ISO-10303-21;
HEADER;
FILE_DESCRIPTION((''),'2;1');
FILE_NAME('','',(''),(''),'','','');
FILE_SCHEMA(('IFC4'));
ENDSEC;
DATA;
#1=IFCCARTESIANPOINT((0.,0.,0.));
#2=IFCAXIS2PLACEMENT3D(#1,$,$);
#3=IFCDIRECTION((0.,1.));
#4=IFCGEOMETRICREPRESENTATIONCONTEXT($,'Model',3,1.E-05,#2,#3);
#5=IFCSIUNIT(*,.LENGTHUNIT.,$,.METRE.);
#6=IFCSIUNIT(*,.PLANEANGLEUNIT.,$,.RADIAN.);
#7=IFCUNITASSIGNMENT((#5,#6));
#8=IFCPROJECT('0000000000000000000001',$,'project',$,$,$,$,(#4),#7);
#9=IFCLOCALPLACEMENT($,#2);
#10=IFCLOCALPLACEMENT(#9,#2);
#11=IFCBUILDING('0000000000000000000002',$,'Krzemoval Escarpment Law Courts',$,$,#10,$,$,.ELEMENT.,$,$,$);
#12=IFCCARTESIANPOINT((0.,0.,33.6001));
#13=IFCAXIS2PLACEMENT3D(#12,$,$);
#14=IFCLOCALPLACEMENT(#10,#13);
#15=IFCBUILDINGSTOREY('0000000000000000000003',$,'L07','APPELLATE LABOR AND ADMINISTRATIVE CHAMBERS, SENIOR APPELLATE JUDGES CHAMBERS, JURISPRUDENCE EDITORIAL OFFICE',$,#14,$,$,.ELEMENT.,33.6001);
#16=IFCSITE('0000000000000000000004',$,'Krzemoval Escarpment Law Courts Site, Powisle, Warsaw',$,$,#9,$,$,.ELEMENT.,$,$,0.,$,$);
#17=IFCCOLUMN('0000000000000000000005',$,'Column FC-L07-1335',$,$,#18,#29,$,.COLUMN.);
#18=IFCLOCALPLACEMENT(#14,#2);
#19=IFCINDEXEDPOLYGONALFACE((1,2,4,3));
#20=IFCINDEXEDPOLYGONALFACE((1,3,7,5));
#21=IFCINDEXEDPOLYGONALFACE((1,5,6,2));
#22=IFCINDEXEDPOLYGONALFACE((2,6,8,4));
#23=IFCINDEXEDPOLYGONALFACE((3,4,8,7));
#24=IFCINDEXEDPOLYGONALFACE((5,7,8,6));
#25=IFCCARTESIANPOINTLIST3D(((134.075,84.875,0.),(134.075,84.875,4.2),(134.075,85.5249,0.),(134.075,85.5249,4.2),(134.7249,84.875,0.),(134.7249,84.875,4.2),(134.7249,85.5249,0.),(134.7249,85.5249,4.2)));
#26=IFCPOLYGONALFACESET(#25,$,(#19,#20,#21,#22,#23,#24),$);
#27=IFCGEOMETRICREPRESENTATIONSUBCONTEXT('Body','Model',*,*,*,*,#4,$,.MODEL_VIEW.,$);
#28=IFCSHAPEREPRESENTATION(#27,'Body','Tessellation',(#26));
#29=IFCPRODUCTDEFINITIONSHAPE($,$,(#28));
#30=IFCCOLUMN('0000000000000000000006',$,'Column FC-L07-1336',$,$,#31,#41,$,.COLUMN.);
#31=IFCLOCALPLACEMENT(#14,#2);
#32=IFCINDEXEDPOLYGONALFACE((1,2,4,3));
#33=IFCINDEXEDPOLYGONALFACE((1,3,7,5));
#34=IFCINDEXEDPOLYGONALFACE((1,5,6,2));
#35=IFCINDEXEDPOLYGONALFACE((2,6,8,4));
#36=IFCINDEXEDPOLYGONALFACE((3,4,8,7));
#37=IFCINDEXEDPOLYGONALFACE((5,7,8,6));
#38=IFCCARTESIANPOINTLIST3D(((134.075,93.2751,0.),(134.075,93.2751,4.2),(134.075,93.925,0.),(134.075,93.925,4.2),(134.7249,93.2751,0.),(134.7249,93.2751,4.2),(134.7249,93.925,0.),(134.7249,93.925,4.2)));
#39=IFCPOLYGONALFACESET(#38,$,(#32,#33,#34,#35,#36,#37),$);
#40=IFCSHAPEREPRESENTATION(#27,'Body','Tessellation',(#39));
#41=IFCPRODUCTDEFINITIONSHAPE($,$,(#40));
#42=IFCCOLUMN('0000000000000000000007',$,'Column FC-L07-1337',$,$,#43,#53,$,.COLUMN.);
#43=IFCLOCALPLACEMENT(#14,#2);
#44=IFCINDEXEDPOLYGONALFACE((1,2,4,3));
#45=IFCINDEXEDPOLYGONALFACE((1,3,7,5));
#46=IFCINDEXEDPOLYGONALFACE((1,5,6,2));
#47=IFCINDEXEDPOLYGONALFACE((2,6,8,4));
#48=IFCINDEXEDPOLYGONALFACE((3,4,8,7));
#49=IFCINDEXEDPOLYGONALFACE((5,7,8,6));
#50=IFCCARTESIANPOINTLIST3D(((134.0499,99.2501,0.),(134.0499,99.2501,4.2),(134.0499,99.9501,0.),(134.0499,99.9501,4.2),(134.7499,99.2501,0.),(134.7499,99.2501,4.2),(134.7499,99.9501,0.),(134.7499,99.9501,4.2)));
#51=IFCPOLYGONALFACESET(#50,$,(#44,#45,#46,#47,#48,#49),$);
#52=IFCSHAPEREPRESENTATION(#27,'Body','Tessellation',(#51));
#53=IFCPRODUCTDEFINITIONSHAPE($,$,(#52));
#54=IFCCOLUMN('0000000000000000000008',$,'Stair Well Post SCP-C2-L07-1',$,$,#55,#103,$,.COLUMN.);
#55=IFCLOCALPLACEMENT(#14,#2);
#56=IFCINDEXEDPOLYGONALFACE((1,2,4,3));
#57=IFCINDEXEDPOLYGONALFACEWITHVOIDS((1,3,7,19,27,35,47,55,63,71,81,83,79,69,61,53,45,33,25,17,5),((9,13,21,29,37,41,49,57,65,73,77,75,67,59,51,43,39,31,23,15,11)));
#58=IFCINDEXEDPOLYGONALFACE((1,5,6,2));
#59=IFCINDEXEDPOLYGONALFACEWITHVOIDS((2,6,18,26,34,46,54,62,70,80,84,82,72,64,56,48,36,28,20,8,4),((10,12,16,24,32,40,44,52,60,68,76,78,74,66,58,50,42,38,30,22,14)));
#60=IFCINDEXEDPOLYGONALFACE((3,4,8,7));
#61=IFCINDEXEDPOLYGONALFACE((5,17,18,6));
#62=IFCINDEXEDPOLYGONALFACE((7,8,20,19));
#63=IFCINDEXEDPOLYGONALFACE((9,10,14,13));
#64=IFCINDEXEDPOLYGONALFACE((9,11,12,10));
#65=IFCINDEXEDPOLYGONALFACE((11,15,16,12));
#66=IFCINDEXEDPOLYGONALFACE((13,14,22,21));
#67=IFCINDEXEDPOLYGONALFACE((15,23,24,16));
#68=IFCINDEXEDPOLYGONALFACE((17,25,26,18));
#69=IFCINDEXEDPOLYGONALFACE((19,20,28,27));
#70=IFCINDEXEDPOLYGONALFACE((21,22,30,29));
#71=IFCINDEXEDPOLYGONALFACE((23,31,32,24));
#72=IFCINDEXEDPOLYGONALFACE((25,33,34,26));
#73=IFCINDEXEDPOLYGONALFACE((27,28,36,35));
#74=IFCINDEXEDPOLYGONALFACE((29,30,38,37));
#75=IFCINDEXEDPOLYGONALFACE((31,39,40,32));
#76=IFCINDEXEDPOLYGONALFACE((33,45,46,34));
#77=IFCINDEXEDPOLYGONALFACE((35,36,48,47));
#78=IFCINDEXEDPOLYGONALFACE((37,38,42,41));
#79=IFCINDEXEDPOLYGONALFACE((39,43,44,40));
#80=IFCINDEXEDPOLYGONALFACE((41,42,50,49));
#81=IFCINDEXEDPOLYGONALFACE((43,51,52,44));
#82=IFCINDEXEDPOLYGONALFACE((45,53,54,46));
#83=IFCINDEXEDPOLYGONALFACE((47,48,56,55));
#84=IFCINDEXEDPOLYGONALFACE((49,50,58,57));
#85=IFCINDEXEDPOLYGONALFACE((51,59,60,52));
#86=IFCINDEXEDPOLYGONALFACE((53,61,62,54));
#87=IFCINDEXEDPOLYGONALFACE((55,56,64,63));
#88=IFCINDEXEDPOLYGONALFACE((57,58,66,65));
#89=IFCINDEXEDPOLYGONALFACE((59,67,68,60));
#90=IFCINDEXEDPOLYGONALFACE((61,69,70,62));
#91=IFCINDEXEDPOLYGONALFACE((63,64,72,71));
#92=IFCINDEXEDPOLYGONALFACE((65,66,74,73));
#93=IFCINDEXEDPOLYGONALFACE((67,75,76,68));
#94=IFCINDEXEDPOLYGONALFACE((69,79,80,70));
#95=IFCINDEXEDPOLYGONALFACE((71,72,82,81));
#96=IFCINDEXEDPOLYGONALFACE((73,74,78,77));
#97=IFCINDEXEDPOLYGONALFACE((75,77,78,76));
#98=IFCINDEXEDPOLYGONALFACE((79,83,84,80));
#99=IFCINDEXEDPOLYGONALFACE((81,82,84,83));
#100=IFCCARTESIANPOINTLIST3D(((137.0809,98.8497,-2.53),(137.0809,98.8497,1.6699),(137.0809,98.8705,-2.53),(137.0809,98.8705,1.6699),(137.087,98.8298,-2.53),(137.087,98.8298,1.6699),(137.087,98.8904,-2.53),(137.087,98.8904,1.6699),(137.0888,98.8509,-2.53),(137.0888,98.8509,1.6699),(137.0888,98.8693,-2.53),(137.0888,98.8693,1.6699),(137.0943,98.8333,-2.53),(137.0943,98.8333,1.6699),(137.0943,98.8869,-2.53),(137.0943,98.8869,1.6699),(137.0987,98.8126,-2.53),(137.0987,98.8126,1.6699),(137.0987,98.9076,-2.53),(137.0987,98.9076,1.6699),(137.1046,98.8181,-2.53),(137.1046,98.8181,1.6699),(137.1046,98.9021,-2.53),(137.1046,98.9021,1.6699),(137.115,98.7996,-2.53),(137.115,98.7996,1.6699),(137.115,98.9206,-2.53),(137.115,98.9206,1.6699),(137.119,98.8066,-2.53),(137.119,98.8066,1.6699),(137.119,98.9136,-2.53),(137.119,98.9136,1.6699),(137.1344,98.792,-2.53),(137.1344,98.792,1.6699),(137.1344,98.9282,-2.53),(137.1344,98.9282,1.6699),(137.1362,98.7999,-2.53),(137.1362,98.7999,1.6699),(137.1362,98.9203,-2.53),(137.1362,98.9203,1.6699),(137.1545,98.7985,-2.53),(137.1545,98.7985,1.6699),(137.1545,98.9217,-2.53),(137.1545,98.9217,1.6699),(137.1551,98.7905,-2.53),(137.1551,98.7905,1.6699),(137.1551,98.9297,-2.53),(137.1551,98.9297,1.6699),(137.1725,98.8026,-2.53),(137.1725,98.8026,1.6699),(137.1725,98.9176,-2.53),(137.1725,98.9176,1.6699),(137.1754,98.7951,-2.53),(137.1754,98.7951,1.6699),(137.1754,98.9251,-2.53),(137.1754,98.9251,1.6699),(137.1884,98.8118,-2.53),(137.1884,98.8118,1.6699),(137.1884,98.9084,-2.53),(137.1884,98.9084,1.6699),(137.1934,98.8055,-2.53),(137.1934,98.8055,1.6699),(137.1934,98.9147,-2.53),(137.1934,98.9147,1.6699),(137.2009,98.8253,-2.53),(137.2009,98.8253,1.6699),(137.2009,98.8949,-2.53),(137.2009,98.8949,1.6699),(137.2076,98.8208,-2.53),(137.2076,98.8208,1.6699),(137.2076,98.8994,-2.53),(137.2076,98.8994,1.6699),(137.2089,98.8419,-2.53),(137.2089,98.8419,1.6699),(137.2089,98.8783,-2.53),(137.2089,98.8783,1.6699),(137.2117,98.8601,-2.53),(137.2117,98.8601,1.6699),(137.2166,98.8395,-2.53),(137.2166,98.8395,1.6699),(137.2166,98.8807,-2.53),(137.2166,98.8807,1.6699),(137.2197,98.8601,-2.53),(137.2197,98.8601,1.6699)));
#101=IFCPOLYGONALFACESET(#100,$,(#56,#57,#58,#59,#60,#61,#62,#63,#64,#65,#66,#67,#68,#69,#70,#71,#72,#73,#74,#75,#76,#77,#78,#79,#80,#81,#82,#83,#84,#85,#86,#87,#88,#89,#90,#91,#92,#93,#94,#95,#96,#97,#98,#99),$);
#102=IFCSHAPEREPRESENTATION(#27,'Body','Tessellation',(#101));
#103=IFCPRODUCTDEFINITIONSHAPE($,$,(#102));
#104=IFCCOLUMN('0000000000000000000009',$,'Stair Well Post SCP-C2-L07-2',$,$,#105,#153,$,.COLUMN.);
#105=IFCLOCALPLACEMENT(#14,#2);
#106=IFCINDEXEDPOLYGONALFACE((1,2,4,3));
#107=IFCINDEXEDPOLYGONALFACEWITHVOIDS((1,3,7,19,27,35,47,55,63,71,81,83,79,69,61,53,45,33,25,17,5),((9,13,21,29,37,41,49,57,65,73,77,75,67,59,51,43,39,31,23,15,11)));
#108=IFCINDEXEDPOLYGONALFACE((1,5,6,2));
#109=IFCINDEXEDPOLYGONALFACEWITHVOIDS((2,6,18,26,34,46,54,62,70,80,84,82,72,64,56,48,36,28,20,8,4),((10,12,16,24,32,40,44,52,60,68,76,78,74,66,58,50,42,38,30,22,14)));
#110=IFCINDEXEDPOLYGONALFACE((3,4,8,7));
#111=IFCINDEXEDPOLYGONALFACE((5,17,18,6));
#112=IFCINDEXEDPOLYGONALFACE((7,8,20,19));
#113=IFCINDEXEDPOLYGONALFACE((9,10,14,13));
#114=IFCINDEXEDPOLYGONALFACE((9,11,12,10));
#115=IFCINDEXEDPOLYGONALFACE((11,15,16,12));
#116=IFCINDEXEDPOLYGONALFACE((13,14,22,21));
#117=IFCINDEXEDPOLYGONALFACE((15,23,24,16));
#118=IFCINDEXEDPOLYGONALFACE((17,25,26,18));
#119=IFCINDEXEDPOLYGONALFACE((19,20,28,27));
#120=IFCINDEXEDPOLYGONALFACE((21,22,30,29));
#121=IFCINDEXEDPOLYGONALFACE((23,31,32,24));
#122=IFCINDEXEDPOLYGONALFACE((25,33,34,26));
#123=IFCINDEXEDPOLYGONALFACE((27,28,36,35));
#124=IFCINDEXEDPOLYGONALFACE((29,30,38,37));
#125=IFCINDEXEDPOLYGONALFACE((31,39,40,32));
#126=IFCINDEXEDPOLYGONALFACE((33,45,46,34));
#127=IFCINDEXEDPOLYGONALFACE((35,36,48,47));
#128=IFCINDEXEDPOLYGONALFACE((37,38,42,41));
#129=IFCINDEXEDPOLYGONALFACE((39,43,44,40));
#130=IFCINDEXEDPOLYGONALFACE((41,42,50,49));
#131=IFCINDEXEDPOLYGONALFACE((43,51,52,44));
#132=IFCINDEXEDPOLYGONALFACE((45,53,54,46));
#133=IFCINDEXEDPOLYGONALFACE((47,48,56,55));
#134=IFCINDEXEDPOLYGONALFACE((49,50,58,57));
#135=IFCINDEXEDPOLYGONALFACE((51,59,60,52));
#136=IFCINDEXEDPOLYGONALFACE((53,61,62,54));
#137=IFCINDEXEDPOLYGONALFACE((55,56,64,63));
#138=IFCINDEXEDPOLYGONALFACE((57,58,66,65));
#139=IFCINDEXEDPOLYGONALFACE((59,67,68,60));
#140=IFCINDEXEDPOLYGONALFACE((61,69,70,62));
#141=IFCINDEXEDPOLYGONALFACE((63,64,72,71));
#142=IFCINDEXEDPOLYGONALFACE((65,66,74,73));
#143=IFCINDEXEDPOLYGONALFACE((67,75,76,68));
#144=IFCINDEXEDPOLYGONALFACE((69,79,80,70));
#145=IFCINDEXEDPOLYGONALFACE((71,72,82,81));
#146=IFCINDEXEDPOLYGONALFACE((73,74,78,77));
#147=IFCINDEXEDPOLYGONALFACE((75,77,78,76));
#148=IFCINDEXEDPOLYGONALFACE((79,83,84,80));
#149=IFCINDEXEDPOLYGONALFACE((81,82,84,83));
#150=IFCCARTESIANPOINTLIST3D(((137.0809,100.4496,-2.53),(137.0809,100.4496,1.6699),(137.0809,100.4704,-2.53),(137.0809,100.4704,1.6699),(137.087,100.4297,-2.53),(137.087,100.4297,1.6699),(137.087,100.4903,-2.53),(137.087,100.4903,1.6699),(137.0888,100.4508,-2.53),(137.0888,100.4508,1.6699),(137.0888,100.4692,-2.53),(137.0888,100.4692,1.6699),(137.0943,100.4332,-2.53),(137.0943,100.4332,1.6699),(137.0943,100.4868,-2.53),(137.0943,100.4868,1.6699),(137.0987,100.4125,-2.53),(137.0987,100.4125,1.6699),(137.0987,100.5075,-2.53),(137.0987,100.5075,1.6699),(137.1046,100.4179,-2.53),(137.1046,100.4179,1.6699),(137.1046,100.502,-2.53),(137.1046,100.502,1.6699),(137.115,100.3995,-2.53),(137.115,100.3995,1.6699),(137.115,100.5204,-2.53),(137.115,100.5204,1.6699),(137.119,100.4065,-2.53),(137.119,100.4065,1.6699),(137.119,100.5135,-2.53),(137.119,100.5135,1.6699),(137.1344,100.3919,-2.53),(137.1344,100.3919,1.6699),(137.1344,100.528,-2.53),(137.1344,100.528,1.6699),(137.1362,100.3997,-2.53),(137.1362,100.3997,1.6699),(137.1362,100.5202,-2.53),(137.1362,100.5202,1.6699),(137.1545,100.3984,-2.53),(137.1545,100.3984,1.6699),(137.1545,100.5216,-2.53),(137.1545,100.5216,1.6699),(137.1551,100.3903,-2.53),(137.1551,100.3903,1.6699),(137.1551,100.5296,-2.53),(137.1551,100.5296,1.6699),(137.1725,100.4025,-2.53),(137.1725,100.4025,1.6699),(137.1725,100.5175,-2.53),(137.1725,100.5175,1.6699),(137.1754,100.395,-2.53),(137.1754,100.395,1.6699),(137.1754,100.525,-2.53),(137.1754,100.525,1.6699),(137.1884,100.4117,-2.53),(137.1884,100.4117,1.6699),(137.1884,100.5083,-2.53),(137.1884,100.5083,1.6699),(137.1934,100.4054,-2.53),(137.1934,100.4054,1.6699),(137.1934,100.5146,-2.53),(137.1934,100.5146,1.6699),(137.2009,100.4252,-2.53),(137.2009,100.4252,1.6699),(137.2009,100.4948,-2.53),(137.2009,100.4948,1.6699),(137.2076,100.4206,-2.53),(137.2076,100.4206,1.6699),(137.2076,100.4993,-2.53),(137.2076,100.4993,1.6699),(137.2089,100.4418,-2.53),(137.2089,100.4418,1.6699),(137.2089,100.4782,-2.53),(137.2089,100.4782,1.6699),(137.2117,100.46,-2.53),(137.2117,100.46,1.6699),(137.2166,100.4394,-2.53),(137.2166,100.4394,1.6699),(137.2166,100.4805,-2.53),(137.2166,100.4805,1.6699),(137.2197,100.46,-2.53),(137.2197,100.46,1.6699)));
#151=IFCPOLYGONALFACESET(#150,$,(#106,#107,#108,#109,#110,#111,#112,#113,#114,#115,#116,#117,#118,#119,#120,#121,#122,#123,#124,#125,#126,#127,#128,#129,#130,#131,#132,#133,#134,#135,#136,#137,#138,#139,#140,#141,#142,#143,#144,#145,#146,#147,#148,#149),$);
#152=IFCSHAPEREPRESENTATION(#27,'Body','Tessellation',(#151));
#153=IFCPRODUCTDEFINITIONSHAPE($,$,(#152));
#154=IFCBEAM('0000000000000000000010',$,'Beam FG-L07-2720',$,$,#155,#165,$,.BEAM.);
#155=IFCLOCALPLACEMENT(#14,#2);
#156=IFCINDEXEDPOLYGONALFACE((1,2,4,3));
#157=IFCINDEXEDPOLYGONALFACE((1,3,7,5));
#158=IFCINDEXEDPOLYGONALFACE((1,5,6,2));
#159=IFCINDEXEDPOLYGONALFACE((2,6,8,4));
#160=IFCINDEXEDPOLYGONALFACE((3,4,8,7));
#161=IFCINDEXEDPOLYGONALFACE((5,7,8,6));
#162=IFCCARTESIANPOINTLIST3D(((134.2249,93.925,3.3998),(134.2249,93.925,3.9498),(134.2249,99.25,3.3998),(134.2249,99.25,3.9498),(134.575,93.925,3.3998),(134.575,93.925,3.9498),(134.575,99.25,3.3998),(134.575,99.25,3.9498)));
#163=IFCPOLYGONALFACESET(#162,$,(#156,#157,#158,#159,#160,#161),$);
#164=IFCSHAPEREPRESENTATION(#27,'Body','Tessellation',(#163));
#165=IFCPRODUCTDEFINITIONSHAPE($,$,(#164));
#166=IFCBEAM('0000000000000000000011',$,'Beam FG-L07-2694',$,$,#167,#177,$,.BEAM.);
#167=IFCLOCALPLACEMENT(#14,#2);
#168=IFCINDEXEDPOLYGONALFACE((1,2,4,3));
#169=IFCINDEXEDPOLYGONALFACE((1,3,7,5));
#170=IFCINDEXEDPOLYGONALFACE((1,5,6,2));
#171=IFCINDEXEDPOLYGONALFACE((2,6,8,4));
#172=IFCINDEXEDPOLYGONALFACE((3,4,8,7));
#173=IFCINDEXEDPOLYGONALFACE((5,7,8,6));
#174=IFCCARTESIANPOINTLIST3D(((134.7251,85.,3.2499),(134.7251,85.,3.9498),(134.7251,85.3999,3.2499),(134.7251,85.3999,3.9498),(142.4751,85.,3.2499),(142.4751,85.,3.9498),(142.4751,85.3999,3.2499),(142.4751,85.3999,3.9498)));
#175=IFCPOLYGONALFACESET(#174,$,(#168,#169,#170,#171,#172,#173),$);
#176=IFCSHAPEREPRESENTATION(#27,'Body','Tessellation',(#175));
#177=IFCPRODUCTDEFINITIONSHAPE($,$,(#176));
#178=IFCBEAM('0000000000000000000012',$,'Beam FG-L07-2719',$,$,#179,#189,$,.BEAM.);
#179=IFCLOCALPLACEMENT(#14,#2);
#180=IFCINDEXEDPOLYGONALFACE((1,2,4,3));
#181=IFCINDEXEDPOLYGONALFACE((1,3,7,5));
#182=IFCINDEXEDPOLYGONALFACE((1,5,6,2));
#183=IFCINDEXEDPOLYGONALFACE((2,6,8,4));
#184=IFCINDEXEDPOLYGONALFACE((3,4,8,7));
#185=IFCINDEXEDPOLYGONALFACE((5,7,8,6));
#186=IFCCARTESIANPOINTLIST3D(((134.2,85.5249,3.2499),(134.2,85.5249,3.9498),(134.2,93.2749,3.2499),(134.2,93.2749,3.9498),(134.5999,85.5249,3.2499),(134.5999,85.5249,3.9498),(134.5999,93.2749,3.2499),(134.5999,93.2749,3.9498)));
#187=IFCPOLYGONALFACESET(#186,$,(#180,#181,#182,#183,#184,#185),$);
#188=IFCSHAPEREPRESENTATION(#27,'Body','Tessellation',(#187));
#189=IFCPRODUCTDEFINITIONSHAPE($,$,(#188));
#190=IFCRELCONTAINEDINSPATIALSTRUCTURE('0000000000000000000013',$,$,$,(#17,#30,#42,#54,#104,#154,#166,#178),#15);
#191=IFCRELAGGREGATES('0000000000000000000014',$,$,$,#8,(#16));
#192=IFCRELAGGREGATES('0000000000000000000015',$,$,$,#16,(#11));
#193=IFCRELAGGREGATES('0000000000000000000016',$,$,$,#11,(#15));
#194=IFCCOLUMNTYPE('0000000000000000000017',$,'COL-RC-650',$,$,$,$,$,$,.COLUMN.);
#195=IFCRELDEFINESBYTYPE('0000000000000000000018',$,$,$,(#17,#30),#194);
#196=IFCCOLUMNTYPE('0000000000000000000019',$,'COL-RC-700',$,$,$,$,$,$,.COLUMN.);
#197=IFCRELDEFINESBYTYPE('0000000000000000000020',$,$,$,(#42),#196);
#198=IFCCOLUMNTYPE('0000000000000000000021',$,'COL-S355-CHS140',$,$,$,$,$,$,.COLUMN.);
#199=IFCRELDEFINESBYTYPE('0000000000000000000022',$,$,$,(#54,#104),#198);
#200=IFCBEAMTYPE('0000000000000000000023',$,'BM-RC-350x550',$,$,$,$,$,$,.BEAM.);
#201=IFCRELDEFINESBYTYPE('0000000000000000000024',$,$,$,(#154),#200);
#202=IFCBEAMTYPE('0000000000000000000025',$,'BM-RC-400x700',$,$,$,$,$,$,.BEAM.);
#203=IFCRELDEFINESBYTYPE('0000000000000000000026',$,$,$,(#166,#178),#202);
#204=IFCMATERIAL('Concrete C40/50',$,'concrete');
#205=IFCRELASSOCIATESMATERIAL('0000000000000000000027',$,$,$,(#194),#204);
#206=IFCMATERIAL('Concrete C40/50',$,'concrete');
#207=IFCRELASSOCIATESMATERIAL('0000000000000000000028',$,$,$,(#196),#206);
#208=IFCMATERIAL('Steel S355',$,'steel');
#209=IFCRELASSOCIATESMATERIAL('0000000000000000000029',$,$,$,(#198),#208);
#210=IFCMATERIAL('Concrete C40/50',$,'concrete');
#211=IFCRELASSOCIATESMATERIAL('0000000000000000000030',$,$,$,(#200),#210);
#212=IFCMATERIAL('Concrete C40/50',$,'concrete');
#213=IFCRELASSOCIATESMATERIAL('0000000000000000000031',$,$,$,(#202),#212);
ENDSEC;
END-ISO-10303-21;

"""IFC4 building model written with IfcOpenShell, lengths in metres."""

from ifc_helpers import new_model, si_unit, direction, frame, origin, origin_2d, place, context, subcontext, project, spatial, rectangle, hollow_circle, extrude, material, material_profile, profile_set, type_object, element, save


model = new_model("IFC4")

# Units and contexts
model_context = context("Model", 3, precision=1e-05, world=origin(), true_north=direction((0.0, 1.0)))
body_context = subcontext(model_context, "Body", "Model", "MODEL_VIEW")
ifc_project = project(units=[si_unit("LENGTHUNIT", "METRE"), si_unit("PLANEANGLEUNIT", "RADIAN")], contexts=[model_context])

# Site, building, storey
site_placement = place(None, origin())
site = spatial("IfcSite", under=ifc_project, at=site_placement, Name="Krzemoval Escarpment Law Courts Site, Powisle, Warsaw", CompositionType="ELEMENT", RefElevation=0.0)
building_placement = place(site_placement, origin())
building = spatial("IfcBuilding", under=site, at=building_placement, Name="Krzemoval Escarpment Law Courts", CompositionType="ELEMENT")
storey_placement = place(building_placement, frame((0.0, 0.0, 33.6001)))
storey = spatial("IfcBuildingStorey", under=building, at=storey_placement, Name="L07", Description="APPELLATE LABOR AND ADMINISTRATIVE CHAMBERS, SENIOR APPELLATE JUDGES CHAMBERS, JURISPRUDENCE EDITORIAL OFFICE", CompositionType="ELEMENT", Elevation=33.6001)

# Columns
ifc_material_1 = material(Name="Concrete C40/50", Category="concrete")
ifc_material_profile_1 = material_profile(ifc_material_1, rectangle(XDim=0.6499, YDim=0.6499, at=origin_2d()), Name="RC 650x650")
ifc_profile_set_1 = profile_set([ifc_material_profile_1], Name="Concrete C40/50")
column_type_1 = type_object("IfcColumnType", Name="COL-RC-650", PredefinedType="COLUMN", material=ifc_profile_set_1)
for number, where, z_axis, x_axis, name in (
    (1, (134.3999, 85.2, 0.0), (0.0, 0.0, 1.0), (1.0, 0.0, 0.0), "Column FC-L07-1335"),
    (2, (134.3999, 93.6001, 0.0), (0.0, 0.0, 1.0), (1.0, 0.0, 0.0), "Column FC-L07-1336"),
):
    element("IfcColumn", number, at=place(storey_placement, frame(where, z_axis=z_axis, x_axis=x_axis)), inside=storey, type_object=column_type_1, Name=name, PredefinedType="COLUMN", context=body_context, shape_type="SweptSolid", body=[
        extrude(rectangle(XDim=0.6499, YDim=0.6499, at=origin_2d()), origin(), (0.0, 0.0, 1.0), 4.2),
    ])
ifc_material_2 = material(Name="Concrete C40/50", Category="concrete")
ifc_material_profile_2 = material_profile(ifc_material_2, rectangle(XDim=0.7, YDim=0.7, at=origin_2d()), Name="RC 700x700")
ifc_profile_set_2 = profile_set([ifc_material_profile_2], Name="Concrete C40/50")
column_type_2 = type_object("IfcColumnType", Name="COL-RC-700", PredefinedType="COLUMN", material=ifc_profile_set_2)
column_placement = place(storey_placement, frame((134.3999, 99.6001, 0.0), z_axis=(0.0, 0.0, 1.0), x_axis=(1.0, 0.0, 0.0)))
element("IfcColumn", 3, at=column_placement, inside=storey, type_object=column_type_2, Name="Column FC-L07-1337", PredefinedType="COLUMN", context=body_context, shape_type="SweptSolid", body=[
    extrude(rectangle(XDim=0.7, YDim=0.7, at=origin_2d()), origin(), (0.0, 0.0, 1.0), 4.2),
])
ifc_material_3 = material(Name="Steel S355", Category="steel")
ifc_material_profile_3 = material_profile(ifc_material_3, hollow_circle(Radius=0.0698, WallThickness=0.0081, at=origin_2d()), Name="CHS 139.7x8")
ifc_profile_set_3 = profile_set([ifc_material_profile_3], Name="Steel S355")
column_type_3 = type_object("IfcColumnType", Name="COL-S355-CHS140", PredefinedType="COLUMN", material=ifc_profile_set_3)
for number, where, z_axis, x_axis, name in (
    (4, (137.1499, 98.8601, -2.53), (0.0, 0.0, 1.0), (1.0, 0.0, 0.0), "Stair Well Post SCP-C2-L07-1"),
    (5, (137.1499, 100.46, -2.53), (0.0, 0.0, 1.0), (1.0, 0.0, 0.0), "Stair Well Post SCP-C2-L07-2"),
):
    element("IfcColumn", number, at=place(storey_placement, frame(where, z_axis=z_axis, x_axis=x_axis)), inside=storey, type_object=column_type_3, Name=name, PredefinedType="COLUMN", context=body_context, shape_type="SweptSolid", body=[
        extrude(hollow_circle(Radius=0.0698, WallThickness=0.0081, at=origin_2d()), origin(), (0.0, 0.0, 1.0), 4.2),
    ])

# Beams
ifc_material_4 = material(Name="Concrete C40/50", Category="concrete")
ifc_material_profile_4 = material_profile(ifc_material_4, rectangle(XDim=0.3501, YDim=0.55, at=origin_2d()), Name="RCB 350x550")
ifc_profile_set_4 = profile_set([ifc_material_profile_4], Name="Concrete C40/50")
beam_type_1 = type_object("IfcBeamType", Name="BM-RC-350x550", PredefinedType="BEAM", material=ifc_profile_set_4)
beam_1_placement = place(storey_placement, frame((134.3999, 93.925, 3.6748), z_axis=(0.0, 1.0, 0.0), x_axis=(-1.0, 0.0, 0.0)))
element("IfcBeam", 6, at=beam_1_placement, inside=storey, type_object=beam_type_1, Name="Beam FG-L07-2720", PredefinedType="BEAM", context=body_context, shape_type="SweptSolid", body=[
    extrude(rectangle(XDim=0.3501, YDim=0.55, at=origin_2d()), origin(), (0.0, 0.0, 1.0), 5.325),
])
ifc_material_5 = material(Name="Concrete C40/50", Category="concrete")
ifc_material_profile_5 = material_profile(ifc_material_5, rectangle(XDim=0.3999, YDim=0.7, at=origin_2d()), Name="RCB 400x700")
ifc_profile_set_5 = profile_set([ifc_material_profile_5], Name="Concrete C40/50")
beam_type_2 = type_object("IfcBeamType", Name="BM-RC-400x700", PredefinedType="BEAM", material=ifc_profile_set_5)
for number, where, z_axis, x_axis, name in (
    (7, (134.7251, 85.2, 3.5999), (1.0, 0.0, 0.0), (0.0, 1.0, 0.0), "Beam FG-L07-2694"),
    (8, (134.3999, 85.5249, 3.5999), (0.0, 1.0, 0.0), (-1.0, 0.0, 0.0), "Beam FG-L07-2719"),
):
    element("IfcBeam", number, at=place(storey_placement, frame(where, z_axis=z_axis, x_axis=x_axis)), inside=storey, type_object=beam_type_2, Name=name, PredefinedType="BEAM", context=body_context, shape_type="SweptSolid", body=[
        extrude(rectangle(XDim=0.3999, YDim=0.7, at=origin_2d()), origin(), (0.0, 0.0, 1.0), 7.75),
    ])

save(model, "model.ifc")
